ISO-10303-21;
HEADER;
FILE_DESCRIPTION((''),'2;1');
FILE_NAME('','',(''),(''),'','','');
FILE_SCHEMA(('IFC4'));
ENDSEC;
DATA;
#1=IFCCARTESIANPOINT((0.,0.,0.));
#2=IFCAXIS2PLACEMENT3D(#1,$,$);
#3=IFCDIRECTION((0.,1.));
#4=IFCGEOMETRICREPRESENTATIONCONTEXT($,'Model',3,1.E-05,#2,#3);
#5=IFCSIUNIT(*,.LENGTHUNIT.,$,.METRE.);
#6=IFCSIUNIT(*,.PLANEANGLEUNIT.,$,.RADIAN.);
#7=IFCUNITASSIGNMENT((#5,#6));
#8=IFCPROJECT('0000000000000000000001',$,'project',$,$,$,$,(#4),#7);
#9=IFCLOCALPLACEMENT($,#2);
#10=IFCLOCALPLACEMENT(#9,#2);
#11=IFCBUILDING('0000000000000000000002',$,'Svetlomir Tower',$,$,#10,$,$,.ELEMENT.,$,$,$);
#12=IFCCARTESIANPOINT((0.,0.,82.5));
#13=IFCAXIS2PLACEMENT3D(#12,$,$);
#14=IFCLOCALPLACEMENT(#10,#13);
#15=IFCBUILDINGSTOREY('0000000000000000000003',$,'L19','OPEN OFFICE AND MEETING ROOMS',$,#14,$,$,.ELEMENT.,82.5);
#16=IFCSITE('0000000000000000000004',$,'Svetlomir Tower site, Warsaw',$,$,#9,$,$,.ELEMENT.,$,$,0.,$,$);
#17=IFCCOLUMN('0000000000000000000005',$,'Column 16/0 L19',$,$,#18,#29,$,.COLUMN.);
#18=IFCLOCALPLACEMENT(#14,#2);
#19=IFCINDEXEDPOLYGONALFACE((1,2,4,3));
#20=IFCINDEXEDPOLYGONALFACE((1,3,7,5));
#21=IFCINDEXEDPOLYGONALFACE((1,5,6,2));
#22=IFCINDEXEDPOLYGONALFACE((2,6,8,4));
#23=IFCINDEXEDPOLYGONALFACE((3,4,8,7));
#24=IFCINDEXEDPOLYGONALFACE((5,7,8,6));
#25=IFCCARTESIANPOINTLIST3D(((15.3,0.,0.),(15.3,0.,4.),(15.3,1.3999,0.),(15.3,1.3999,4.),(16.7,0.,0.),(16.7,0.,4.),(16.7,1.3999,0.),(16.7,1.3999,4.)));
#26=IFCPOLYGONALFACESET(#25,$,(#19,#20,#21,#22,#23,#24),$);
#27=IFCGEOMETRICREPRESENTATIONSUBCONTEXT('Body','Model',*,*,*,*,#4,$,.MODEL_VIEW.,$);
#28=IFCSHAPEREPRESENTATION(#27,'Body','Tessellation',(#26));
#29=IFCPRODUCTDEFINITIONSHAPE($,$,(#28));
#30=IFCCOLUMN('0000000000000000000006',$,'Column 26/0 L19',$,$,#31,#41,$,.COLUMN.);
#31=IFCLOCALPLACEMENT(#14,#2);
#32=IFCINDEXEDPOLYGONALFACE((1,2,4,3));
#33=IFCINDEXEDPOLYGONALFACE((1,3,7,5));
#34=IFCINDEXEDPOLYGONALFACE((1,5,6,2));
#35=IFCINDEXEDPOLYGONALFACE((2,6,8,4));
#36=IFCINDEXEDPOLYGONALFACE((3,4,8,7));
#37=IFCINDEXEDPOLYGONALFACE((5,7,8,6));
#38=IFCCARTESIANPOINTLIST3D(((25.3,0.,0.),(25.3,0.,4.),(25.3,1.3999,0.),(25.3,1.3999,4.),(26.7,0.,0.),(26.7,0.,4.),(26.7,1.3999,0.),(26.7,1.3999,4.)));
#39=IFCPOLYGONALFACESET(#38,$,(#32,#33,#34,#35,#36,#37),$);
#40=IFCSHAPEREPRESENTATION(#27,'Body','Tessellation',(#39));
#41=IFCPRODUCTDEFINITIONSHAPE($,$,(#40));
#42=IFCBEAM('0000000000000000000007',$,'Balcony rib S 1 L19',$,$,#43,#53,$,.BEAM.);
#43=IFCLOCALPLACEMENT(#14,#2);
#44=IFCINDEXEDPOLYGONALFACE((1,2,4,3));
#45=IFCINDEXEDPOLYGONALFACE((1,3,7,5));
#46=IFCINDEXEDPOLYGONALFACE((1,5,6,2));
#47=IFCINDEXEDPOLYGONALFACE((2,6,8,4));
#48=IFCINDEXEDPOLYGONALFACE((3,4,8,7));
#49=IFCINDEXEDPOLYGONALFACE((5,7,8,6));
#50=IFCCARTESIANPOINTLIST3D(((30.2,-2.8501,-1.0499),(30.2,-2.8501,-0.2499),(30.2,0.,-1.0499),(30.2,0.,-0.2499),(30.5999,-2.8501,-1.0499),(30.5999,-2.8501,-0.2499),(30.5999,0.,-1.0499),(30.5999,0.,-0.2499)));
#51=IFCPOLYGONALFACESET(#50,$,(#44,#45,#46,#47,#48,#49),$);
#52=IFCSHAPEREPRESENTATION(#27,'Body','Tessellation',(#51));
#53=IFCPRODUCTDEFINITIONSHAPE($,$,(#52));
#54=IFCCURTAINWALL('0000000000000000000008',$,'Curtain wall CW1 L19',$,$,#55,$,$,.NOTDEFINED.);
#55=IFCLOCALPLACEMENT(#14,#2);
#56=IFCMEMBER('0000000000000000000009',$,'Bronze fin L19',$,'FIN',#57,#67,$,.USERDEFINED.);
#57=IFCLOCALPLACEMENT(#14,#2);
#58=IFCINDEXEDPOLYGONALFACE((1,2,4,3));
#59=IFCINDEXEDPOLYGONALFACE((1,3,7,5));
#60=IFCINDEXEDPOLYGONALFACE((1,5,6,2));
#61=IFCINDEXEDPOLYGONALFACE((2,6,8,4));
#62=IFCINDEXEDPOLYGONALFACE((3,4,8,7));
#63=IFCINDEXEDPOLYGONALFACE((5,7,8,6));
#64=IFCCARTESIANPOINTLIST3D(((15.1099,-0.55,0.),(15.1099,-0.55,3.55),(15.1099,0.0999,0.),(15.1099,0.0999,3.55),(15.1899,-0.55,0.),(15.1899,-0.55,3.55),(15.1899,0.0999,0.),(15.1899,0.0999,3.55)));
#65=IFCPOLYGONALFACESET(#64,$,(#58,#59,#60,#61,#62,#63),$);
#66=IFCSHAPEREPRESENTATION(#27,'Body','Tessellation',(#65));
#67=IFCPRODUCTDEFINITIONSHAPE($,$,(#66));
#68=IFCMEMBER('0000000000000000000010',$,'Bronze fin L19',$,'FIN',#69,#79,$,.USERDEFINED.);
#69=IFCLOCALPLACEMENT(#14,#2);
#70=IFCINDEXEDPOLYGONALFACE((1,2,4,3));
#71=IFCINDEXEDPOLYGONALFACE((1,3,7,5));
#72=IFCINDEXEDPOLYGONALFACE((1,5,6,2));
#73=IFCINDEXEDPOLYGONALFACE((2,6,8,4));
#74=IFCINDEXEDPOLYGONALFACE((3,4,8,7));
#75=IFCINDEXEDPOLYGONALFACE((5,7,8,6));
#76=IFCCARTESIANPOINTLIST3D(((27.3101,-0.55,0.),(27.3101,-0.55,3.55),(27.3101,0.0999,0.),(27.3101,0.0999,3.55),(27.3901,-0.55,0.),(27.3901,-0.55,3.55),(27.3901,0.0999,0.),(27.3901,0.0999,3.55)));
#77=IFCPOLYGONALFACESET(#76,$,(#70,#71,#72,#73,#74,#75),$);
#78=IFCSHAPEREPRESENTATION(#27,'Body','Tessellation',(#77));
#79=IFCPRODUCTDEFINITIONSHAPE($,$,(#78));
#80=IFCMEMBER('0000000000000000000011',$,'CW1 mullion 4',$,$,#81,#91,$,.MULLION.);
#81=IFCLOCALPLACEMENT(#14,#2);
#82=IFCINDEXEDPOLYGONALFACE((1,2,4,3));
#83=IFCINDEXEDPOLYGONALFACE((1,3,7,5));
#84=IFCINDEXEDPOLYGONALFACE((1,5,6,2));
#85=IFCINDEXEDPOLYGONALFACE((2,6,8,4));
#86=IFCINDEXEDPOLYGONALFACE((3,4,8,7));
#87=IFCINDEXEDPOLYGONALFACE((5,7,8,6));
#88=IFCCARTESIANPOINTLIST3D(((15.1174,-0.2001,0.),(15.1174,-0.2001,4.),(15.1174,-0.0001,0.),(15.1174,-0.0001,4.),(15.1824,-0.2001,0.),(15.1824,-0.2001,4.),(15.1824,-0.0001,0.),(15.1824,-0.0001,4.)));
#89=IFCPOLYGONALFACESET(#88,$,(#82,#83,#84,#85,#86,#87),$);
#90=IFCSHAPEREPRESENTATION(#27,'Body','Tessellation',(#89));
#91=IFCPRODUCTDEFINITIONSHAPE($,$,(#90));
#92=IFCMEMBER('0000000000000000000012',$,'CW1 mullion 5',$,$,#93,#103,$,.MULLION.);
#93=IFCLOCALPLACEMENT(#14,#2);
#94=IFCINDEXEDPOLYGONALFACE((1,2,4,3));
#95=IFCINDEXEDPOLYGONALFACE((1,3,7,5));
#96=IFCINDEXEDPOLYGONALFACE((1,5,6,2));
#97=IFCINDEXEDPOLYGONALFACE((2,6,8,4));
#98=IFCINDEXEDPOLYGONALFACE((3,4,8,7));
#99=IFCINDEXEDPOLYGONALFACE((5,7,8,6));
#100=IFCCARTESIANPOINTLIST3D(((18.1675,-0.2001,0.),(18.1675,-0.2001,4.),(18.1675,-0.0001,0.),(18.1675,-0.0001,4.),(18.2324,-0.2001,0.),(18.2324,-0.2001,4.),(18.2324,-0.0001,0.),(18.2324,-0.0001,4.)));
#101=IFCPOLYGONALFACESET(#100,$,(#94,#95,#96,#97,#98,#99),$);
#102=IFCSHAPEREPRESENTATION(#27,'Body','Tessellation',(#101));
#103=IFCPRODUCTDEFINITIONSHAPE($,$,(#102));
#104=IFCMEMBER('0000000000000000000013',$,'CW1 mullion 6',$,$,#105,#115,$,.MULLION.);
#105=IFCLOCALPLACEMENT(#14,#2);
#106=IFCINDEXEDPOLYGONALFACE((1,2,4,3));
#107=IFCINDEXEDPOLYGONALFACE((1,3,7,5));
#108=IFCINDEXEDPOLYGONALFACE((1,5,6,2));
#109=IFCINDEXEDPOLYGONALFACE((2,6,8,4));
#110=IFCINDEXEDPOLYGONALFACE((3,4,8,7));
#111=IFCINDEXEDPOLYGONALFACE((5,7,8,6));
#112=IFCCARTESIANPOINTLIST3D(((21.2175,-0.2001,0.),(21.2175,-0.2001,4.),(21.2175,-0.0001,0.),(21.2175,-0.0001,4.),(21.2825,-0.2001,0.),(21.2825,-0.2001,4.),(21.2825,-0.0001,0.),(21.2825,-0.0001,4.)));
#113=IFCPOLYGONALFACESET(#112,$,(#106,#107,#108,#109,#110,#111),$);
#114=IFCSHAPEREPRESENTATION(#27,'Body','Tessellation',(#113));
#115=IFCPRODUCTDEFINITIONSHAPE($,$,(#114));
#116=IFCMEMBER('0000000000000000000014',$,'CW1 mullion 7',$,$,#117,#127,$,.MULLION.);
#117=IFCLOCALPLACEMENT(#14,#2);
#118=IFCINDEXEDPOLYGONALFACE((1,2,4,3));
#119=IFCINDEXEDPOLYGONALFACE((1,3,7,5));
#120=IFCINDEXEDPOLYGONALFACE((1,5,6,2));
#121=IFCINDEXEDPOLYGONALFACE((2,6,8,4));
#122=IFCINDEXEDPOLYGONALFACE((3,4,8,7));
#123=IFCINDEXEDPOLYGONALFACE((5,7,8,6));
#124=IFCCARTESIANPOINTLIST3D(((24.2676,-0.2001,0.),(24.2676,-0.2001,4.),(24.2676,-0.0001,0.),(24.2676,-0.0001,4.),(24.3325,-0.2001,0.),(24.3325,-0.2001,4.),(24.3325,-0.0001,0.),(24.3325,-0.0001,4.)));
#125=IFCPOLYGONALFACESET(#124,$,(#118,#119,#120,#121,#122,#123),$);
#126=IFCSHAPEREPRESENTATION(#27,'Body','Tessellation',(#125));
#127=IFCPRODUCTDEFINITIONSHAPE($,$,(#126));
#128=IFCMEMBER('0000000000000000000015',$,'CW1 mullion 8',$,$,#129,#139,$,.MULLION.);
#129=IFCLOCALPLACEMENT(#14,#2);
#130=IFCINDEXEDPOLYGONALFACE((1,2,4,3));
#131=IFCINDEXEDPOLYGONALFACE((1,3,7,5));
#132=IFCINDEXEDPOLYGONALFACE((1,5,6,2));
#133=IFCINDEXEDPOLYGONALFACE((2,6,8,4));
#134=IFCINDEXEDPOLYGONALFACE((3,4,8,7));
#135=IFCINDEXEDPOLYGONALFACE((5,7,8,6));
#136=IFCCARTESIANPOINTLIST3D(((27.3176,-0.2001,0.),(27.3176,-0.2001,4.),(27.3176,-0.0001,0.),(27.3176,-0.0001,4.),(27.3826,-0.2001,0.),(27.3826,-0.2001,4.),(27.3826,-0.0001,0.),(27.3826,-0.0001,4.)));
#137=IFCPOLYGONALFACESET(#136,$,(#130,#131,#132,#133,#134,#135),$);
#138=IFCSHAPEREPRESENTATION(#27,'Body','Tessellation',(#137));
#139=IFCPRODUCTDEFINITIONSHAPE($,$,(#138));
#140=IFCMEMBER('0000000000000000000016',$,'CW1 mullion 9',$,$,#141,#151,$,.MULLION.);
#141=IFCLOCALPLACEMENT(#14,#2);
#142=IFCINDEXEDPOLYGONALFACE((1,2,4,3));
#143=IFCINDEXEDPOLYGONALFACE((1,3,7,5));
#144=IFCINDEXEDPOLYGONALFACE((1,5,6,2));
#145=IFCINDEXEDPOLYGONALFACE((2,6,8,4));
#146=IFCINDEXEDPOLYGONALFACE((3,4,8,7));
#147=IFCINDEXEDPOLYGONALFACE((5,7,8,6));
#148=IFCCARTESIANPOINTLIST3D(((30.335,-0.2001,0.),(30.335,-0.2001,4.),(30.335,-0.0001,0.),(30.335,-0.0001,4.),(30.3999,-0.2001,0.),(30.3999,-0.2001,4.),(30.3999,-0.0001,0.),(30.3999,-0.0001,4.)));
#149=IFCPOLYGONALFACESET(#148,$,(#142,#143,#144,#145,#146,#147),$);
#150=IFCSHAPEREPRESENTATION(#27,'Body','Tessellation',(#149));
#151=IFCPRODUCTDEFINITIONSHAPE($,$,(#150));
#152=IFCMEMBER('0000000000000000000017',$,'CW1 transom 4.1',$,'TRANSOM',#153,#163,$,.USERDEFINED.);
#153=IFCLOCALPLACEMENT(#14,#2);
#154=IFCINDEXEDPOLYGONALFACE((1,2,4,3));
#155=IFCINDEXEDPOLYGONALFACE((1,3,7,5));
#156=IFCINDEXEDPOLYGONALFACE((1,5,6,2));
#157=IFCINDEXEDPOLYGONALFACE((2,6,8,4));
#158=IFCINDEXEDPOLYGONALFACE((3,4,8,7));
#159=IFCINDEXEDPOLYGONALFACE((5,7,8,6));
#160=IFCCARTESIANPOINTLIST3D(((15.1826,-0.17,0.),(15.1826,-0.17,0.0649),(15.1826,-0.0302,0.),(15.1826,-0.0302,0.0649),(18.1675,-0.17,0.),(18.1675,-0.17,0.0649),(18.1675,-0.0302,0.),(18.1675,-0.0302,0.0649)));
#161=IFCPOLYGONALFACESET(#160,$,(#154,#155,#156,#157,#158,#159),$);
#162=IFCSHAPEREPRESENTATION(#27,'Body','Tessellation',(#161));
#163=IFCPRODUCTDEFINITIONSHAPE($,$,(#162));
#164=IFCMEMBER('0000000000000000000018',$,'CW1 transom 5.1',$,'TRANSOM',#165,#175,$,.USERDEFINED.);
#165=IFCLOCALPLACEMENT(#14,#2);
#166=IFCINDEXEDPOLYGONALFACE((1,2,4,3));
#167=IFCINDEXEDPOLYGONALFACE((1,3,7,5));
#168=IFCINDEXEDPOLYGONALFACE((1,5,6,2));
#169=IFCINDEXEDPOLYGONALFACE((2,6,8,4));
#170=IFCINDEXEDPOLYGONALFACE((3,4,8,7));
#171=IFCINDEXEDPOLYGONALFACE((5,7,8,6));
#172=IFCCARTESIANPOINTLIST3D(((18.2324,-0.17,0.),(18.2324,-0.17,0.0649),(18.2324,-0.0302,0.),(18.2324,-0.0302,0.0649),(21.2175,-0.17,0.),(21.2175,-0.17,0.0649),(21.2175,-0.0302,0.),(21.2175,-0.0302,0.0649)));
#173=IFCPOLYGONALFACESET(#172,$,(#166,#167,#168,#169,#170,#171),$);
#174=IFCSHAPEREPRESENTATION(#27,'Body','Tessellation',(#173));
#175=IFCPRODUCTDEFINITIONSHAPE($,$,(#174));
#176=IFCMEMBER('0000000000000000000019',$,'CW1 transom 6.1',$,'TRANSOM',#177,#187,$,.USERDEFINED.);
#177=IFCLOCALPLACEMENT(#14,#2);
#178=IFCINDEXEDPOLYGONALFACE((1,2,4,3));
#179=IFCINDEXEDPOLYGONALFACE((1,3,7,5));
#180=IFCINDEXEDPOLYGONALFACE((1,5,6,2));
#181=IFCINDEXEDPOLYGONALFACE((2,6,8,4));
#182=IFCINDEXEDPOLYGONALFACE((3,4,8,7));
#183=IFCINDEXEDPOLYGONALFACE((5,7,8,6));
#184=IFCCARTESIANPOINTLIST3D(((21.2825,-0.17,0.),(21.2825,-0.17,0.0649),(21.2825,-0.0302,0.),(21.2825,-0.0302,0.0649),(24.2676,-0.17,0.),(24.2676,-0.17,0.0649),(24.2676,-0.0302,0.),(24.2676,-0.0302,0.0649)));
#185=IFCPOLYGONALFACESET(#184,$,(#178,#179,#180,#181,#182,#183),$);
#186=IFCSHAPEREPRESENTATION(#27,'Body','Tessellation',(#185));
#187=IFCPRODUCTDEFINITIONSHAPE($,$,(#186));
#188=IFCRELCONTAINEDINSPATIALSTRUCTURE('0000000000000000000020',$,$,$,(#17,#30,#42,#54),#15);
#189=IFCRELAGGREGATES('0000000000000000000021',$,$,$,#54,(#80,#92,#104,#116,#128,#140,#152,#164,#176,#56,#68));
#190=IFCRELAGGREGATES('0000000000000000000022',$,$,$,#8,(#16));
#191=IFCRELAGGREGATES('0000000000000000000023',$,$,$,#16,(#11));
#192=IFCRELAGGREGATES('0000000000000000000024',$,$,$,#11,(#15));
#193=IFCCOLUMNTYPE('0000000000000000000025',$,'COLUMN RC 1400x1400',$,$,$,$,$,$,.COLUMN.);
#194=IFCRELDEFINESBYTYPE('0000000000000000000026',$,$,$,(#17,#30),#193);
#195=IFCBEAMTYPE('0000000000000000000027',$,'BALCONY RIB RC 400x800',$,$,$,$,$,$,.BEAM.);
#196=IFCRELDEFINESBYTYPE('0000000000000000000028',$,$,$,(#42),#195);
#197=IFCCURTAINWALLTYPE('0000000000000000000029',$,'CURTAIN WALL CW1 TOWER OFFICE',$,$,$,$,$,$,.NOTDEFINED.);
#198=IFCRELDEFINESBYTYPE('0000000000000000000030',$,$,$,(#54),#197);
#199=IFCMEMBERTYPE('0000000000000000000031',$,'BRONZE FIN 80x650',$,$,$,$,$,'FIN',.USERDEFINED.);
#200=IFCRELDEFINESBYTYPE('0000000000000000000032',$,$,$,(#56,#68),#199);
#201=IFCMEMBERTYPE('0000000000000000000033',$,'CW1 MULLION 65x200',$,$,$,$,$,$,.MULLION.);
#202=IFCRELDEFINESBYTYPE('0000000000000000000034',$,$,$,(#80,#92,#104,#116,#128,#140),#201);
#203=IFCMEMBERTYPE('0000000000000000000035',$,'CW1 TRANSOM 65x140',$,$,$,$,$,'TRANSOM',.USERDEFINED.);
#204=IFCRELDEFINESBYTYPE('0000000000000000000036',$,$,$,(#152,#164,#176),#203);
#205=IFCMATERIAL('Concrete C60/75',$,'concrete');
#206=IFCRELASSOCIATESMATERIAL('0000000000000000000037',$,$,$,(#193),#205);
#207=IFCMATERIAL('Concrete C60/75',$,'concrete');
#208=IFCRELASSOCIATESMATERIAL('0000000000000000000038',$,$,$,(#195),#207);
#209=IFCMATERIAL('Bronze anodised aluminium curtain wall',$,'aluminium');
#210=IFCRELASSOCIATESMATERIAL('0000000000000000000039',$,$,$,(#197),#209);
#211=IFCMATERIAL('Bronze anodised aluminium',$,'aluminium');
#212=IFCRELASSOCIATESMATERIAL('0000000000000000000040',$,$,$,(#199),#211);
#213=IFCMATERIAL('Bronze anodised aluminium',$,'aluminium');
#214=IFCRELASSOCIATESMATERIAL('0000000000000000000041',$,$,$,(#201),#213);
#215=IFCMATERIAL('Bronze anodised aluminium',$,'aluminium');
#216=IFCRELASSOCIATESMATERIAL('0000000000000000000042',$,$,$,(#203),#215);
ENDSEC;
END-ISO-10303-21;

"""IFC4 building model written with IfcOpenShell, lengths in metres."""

from ifc_helpers import new_model, si_unit, direction, frame, origin, origin_2d, place, context, subcontext, project, spatial, rectangle, extrude, material, material_profile, profile_set, type_object, element, aggregate, save


model = new_model("IFC4")

# Units and contexts
model_context = context("Model", 3, precision=1e-05, world=origin(), true_north=direction((0.0, 1.0)))
body_context = subcontext(model_context, "Body", "Model", "MODEL_VIEW")
ifc_project = project(units=[si_unit("LENGTHUNIT", "METRE"), si_unit("PLANEANGLEUNIT", "RADIAN")], contexts=[model_context])

# Site, building, storey
site_placement = place(None, origin())
site = spatial("IfcSite", under=ifc_project, at=site_placement, Name="Svetlomir Tower site, Warsaw", CompositionType="ELEMENT", RefElevation=0.0)
building_placement = place(site_placement, origin())
building = spatial("IfcBuilding", under=site, at=building_placement, Name="Svetlomir Tower", CompositionType="ELEMENT")
storey_placement = place(building_placement, frame((0.0, 0.0, 82.5)))
storey = spatial("IfcBuildingStorey", under=building, at=storey_placement, Name="L19", Description="OPEN OFFICE AND MEETING ROOMS", CompositionType="ELEMENT", Elevation=82.5)

# Columns
ifc_material_1 = material(Name="Concrete C60/75", Category="concrete")
ifc_material_profile_1 = material_profile(ifc_material_1, rectangle(XDim=1.3999, YDim=1.3999, at=origin_2d()), Name="RC 1400x1400")
ifc_profile_set_1 = profile_set([ifc_material_profile_1], Name="Concrete C60/75")
column_type = type_object("IfcColumnType", Name="COLUMN RC 1400x1400", PredefinedType="COLUMN", material=ifc_profile_set_1)
for number, where, z_axis, x_axis, name in (
    (1, (16.0, 0.7, 0.0), (0.0, 0.0, 1.0), (1.0, 0.0, 0.0), "Column 16/0 L19"),
    (2, (26.0, 0.7, 0.0), (0.0, 0.0, 1.0), (1.0, 0.0, 0.0), "Column 26/0 L19"),
):
    element("IfcColumn", number, at=place(storey_placement, frame(where, z_axis=z_axis, x_axis=x_axis)), inside=storey, type_object=column_type, Name=name, PredefinedType="COLUMN", context=body_context, shape_type="SweptSolid", body=[
        extrude(rectangle(XDim=1.3999, YDim=1.3999, at=origin_2d()), origin(), (0.0, 0.0, 1.0), 4.0),
    ])

# Beam
ifc_material_2 = material(Name="Concrete C60/75", Category="concrete")
ifc_material_profile_2 = material_profile(ifc_material_2, rectangle(XDim=0.3999, YDim=0.8, at=origin_2d()), Name="RC 400x800")
ifc_profile_set_2 = profile_set([ifc_material_profile_2], Name="Concrete C60/75")
beam_type_1 = type_object("IfcBeamType", Name="BALCONY RIB RC 400x800", PredefinedType="BEAM", material=ifc_profile_set_2)
beam_1_placement = place(storey_placement, frame((30.3999, 0.0, -0.6499), z_axis=(0.0, -1.0, 0.0), x_axis=(1.0, 0.0, 0.0)))
element("IfcBeam", 3, at=beam_1_placement, inside=storey, type_object=beam_type_1, Name="Balcony rib S 1 L19", PredefinedType="BEAM", context=body_context, shape_type="SweptSolid", body=[
    extrude(rectangle(XDim=0.3999, YDim=0.8, at=origin_2d()), origin(), (0.0, 0.0, 1.0), 2.8501),
])

# Curtain wall, members
ifc_material_3 = material(Name="Bronze anodised aluminium curtain wall", Category="aluminium")
curtain_wall_type = type_object("IfcCurtainWallType", Name="CURTAIN WALL CW1 TOWER OFFICE", PredefinedType="NOTDEFINED", material=ifc_material_3)
curtain_wall_placement = place(storey_placement, origin())
curtain_wall = element("IfcCurtainWall", 4, at=curtain_wall_placement, inside=storey, type_object=curtain_wall_type, Name="Curtain wall CW1 L19", PredefinedType="NOTDEFINED")
ifc_material_4 = material(Name="Bronze anodised aluminium", Category="aluminium")
ifc_material_profile_3 = material_profile(ifc_material_4, rectangle(XDim=0.0801, YDim=0.6499, at=origin_2d()), Name="FIN 80x650")
ifc_profile_set_3 = profile_set([ifc_material_profile_3], Name="Bronze anodised aluminium 6063-T6")
member_type_1 = type_object("IfcMemberType", Name="BRONZE FIN 80x650", ElementType="FIN", PredefinedType="USERDEFINED", material=ifc_profile_set_3)
member_1_placement = place(storey_placement, frame((15.1499, -0.2251, 0.0), z_axis=(0.0, 0.0, 1.0), x_axis=(1.0, 0.0, 0.0)))
member_1 = element("IfcMember", 5, at=member_1_placement, type_object=member_type_1, Name="Bronze fin L19", ObjectType="FIN", PredefinedType="USERDEFINED", context=body_context, shape_type="SweptSolid", body=[
    extrude(rectangle(XDim=0.0801, YDim=0.6499, at=origin_2d()), origin(), (0.0, 0.0, 1.0), 3.55),
])
member_2_placement = place(storey_placement, frame((27.3501, -0.2251, 0.0), z_axis=(0.0, 0.0, 1.0), x_axis=(1.0, 0.0, 0.0)))
member_2 = element("IfcMember", 6, at=member_2_placement, type_object=member_type_1, Name="Bronze fin L19", ObjectType="FIN", PredefinedType="USERDEFINED", context=body_context, shape_type="SweptSolid", body=[
    extrude(rectangle(XDim=0.0801, YDim=0.6499, at=origin_2d()), origin(), (0.0, 0.0, 1.0), 3.55),
])
ifc_material_5 = material(Name="Bronze anodised aluminium", Category="aluminium")
ifc_material_profile_4 = material_profile(ifc_material_5, rectangle(XDim=0.0649, YDim=0.2, at=origin_2d()), Name="AL 65x200")
ifc_profile_set_4 = profile_set([ifc_material_profile_4], Name="Bronze anodised aluminium 6063-T6")
member_type_2 = type_object("IfcMemberType", Name="CW1 MULLION 65x200", PredefinedType="MULLION", material=ifc_profile_set_4)
member_3_placement = place(storey_placement, frame((15.1499, -0.1001, 0.0), z_axis=(0.0, 0.0, 1.0), x_axis=(1.0, 0.0, 0.0)))
member_3 = element("IfcMember", 7, at=member_3_placement, type_object=member_type_2, Name="CW1 mullion 4", PredefinedType="MULLION", context=body_context, shape_type="SweptSolid", body=[
    extrude(rectangle(XDim=0.0649, YDim=0.2, at=origin_2d()), origin(), (0.0, 0.0, 1.0), 4.0),
])
member_4_placement = place(storey_placement, frame((18.2, -0.1001, 0.0), z_axis=(0.0, 0.0, 1.0), x_axis=(1.0, 0.0, 0.0)))
member_4 = element("IfcMember", 8, at=member_4_placement, type_object=member_type_2, Name="CW1 mullion 5", PredefinedType="MULLION", context=body_context, shape_type="SweptSolid", body=[
    extrude(rectangle(XDim=0.0649, YDim=0.2, at=origin_2d()), origin(), (0.0, 0.0, 1.0), 4.0),
])
member_5_placement = place(storey_placement, frame((21.25, -0.1001, 0.0), z_axis=(0.0, 0.0, 1.0), x_axis=(1.0, 0.0, 0.0)))
member_5 = element("IfcMember", 9, at=member_5_placement, type_object=member_type_2, Name="CW1 mullion 6", PredefinedType="MULLION", context=body_context, shape_type="SweptSolid", body=[
    extrude(rectangle(XDim=0.0649, YDim=0.2, at=origin_2d()), origin(), (0.0, 0.0, 1.0), 4.0),
])
member_6_placement = place(storey_placement, frame((24.3, -0.1001, 0.0), z_axis=(0.0, 0.0, 1.0), x_axis=(1.0, 0.0, 0.0)))
member_6 = element("IfcMember", 10, at=member_6_placement, type_object=member_type_2, Name="CW1 mullion 7", PredefinedType="MULLION", context=body_context, shape_type="SweptSolid", body=[
    extrude(rectangle(XDim=0.0649, YDim=0.2, at=origin_2d()), origin(), (0.0, 0.0, 1.0), 4.0),
])
member_7_placement = place(storey_placement, frame((27.3501, -0.1001, 0.0), z_axis=(0.0, 0.0, 1.0), x_axis=(1.0, 0.0, 0.0)))
member_7 = element("IfcMember", 11, at=member_7_placement, type_object=member_type_2, Name="CW1 mullion 8", PredefinedType="MULLION", context=body_context, shape_type="SweptSolid", body=[
    extrude(rectangle(XDim=0.0649, YDim=0.2, at=origin_2d()), origin(), (0.0, 0.0, 1.0), 4.0),
])
member_8_placement = place(storey_placement, frame((30.3674, -0.1001, 0.0), z_axis=(0.0, 0.0, 1.0), x_axis=(1.0, 0.0, 0.0)))
member_8 = element("IfcMember", 12, at=member_8_placement, type_object=member_type_2, Name="CW1 mullion 9", PredefinedType="MULLION", context=body_context, shape_type="SweptSolid", body=[
    extrude(rectangle(XDim=0.0649, YDim=0.2, at=origin_2d()), origin(), (0.0, 0.0, 1.0), 4.0),
])
ifc_material_6 = material(Name="Bronze anodised aluminium", Category="aluminium")
ifc_material_profile_5 = material_profile(ifc_material_6, rectangle(XDim=0.1399, YDim=0.0649, at=origin_2d()), Name="AL 140x65")
ifc_profile_set_5 = profile_set([ifc_material_profile_5], Name="Bronze anodised aluminium 6063-T6")
member_type_3 = type_object("IfcMemberType", Name="CW1 TRANSOM 65x140", ElementType="TRANSOM", PredefinedType="USERDEFINED", material=ifc_profile_set_5)
member_9_placement = place(storey_placement, frame((15.1826, -0.1001, 0.0325), z_axis=(1.0, 0.0, 0.0), x_axis=(0.0, 1.0, 0.0)))
member_9 = element("IfcMember", 13, at=member_9_placement, type_object=member_type_3, Name="CW1 transom 4.1", ObjectType="TRANSOM", PredefinedType="USERDEFINED", context=body_context, shape_type="SweptSolid", body=[
    extrude(rectangle(XDim=0.1399, YDim=0.0649, at=origin_2d()), origin(), (0.0, 0.0, 1.0), 2.9849),
])
member_10_placement = place(storey_placement, frame((18.2324, -0.1001, 0.0325), z_axis=(1.0, 0.0, 0.0), x_axis=(0.0, 1.0, 0.0)))
member_10 = element("IfcMember", 14, at=member_10_placement, type_object=member_type_3, Name="CW1 transom 5.1", ObjectType="TRANSOM", PredefinedType="USERDEFINED", context=body_context, shape_type="SweptSolid", body=[
    extrude(rectangle(XDim=0.1399, YDim=0.0649, at=origin_2d()), origin(), (0.0, 0.0, 1.0), 2.9851),
])
member_11_placement = place(storey_placement, frame((21.2825, -0.1001, 0.0325), z_axis=(1.0, 0.0, 0.0), x_axis=(0.0, 1.0, 0.0)))
member_11 = element("IfcMember", 15, at=member_11_placement, type_object=member_type_3, Name="CW1 transom 6.1", ObjectType="TRANSOM", PredefinedType="USERDEFINED", context=body_context, shape_type="SweptSolid", body=[
    extrude(rectangle(XDim=0.1399, YDim=0.0649, at=origin_2d()), origin(), (0.0, 0.0, 1.0), 2.9851),
])

aggregate(curtain_wall, [member_3, member_4, member_5, member_6, member_7, member_8, member_9, member_10, member_11, member_1, member_2])

save(model, "model.ifc")
